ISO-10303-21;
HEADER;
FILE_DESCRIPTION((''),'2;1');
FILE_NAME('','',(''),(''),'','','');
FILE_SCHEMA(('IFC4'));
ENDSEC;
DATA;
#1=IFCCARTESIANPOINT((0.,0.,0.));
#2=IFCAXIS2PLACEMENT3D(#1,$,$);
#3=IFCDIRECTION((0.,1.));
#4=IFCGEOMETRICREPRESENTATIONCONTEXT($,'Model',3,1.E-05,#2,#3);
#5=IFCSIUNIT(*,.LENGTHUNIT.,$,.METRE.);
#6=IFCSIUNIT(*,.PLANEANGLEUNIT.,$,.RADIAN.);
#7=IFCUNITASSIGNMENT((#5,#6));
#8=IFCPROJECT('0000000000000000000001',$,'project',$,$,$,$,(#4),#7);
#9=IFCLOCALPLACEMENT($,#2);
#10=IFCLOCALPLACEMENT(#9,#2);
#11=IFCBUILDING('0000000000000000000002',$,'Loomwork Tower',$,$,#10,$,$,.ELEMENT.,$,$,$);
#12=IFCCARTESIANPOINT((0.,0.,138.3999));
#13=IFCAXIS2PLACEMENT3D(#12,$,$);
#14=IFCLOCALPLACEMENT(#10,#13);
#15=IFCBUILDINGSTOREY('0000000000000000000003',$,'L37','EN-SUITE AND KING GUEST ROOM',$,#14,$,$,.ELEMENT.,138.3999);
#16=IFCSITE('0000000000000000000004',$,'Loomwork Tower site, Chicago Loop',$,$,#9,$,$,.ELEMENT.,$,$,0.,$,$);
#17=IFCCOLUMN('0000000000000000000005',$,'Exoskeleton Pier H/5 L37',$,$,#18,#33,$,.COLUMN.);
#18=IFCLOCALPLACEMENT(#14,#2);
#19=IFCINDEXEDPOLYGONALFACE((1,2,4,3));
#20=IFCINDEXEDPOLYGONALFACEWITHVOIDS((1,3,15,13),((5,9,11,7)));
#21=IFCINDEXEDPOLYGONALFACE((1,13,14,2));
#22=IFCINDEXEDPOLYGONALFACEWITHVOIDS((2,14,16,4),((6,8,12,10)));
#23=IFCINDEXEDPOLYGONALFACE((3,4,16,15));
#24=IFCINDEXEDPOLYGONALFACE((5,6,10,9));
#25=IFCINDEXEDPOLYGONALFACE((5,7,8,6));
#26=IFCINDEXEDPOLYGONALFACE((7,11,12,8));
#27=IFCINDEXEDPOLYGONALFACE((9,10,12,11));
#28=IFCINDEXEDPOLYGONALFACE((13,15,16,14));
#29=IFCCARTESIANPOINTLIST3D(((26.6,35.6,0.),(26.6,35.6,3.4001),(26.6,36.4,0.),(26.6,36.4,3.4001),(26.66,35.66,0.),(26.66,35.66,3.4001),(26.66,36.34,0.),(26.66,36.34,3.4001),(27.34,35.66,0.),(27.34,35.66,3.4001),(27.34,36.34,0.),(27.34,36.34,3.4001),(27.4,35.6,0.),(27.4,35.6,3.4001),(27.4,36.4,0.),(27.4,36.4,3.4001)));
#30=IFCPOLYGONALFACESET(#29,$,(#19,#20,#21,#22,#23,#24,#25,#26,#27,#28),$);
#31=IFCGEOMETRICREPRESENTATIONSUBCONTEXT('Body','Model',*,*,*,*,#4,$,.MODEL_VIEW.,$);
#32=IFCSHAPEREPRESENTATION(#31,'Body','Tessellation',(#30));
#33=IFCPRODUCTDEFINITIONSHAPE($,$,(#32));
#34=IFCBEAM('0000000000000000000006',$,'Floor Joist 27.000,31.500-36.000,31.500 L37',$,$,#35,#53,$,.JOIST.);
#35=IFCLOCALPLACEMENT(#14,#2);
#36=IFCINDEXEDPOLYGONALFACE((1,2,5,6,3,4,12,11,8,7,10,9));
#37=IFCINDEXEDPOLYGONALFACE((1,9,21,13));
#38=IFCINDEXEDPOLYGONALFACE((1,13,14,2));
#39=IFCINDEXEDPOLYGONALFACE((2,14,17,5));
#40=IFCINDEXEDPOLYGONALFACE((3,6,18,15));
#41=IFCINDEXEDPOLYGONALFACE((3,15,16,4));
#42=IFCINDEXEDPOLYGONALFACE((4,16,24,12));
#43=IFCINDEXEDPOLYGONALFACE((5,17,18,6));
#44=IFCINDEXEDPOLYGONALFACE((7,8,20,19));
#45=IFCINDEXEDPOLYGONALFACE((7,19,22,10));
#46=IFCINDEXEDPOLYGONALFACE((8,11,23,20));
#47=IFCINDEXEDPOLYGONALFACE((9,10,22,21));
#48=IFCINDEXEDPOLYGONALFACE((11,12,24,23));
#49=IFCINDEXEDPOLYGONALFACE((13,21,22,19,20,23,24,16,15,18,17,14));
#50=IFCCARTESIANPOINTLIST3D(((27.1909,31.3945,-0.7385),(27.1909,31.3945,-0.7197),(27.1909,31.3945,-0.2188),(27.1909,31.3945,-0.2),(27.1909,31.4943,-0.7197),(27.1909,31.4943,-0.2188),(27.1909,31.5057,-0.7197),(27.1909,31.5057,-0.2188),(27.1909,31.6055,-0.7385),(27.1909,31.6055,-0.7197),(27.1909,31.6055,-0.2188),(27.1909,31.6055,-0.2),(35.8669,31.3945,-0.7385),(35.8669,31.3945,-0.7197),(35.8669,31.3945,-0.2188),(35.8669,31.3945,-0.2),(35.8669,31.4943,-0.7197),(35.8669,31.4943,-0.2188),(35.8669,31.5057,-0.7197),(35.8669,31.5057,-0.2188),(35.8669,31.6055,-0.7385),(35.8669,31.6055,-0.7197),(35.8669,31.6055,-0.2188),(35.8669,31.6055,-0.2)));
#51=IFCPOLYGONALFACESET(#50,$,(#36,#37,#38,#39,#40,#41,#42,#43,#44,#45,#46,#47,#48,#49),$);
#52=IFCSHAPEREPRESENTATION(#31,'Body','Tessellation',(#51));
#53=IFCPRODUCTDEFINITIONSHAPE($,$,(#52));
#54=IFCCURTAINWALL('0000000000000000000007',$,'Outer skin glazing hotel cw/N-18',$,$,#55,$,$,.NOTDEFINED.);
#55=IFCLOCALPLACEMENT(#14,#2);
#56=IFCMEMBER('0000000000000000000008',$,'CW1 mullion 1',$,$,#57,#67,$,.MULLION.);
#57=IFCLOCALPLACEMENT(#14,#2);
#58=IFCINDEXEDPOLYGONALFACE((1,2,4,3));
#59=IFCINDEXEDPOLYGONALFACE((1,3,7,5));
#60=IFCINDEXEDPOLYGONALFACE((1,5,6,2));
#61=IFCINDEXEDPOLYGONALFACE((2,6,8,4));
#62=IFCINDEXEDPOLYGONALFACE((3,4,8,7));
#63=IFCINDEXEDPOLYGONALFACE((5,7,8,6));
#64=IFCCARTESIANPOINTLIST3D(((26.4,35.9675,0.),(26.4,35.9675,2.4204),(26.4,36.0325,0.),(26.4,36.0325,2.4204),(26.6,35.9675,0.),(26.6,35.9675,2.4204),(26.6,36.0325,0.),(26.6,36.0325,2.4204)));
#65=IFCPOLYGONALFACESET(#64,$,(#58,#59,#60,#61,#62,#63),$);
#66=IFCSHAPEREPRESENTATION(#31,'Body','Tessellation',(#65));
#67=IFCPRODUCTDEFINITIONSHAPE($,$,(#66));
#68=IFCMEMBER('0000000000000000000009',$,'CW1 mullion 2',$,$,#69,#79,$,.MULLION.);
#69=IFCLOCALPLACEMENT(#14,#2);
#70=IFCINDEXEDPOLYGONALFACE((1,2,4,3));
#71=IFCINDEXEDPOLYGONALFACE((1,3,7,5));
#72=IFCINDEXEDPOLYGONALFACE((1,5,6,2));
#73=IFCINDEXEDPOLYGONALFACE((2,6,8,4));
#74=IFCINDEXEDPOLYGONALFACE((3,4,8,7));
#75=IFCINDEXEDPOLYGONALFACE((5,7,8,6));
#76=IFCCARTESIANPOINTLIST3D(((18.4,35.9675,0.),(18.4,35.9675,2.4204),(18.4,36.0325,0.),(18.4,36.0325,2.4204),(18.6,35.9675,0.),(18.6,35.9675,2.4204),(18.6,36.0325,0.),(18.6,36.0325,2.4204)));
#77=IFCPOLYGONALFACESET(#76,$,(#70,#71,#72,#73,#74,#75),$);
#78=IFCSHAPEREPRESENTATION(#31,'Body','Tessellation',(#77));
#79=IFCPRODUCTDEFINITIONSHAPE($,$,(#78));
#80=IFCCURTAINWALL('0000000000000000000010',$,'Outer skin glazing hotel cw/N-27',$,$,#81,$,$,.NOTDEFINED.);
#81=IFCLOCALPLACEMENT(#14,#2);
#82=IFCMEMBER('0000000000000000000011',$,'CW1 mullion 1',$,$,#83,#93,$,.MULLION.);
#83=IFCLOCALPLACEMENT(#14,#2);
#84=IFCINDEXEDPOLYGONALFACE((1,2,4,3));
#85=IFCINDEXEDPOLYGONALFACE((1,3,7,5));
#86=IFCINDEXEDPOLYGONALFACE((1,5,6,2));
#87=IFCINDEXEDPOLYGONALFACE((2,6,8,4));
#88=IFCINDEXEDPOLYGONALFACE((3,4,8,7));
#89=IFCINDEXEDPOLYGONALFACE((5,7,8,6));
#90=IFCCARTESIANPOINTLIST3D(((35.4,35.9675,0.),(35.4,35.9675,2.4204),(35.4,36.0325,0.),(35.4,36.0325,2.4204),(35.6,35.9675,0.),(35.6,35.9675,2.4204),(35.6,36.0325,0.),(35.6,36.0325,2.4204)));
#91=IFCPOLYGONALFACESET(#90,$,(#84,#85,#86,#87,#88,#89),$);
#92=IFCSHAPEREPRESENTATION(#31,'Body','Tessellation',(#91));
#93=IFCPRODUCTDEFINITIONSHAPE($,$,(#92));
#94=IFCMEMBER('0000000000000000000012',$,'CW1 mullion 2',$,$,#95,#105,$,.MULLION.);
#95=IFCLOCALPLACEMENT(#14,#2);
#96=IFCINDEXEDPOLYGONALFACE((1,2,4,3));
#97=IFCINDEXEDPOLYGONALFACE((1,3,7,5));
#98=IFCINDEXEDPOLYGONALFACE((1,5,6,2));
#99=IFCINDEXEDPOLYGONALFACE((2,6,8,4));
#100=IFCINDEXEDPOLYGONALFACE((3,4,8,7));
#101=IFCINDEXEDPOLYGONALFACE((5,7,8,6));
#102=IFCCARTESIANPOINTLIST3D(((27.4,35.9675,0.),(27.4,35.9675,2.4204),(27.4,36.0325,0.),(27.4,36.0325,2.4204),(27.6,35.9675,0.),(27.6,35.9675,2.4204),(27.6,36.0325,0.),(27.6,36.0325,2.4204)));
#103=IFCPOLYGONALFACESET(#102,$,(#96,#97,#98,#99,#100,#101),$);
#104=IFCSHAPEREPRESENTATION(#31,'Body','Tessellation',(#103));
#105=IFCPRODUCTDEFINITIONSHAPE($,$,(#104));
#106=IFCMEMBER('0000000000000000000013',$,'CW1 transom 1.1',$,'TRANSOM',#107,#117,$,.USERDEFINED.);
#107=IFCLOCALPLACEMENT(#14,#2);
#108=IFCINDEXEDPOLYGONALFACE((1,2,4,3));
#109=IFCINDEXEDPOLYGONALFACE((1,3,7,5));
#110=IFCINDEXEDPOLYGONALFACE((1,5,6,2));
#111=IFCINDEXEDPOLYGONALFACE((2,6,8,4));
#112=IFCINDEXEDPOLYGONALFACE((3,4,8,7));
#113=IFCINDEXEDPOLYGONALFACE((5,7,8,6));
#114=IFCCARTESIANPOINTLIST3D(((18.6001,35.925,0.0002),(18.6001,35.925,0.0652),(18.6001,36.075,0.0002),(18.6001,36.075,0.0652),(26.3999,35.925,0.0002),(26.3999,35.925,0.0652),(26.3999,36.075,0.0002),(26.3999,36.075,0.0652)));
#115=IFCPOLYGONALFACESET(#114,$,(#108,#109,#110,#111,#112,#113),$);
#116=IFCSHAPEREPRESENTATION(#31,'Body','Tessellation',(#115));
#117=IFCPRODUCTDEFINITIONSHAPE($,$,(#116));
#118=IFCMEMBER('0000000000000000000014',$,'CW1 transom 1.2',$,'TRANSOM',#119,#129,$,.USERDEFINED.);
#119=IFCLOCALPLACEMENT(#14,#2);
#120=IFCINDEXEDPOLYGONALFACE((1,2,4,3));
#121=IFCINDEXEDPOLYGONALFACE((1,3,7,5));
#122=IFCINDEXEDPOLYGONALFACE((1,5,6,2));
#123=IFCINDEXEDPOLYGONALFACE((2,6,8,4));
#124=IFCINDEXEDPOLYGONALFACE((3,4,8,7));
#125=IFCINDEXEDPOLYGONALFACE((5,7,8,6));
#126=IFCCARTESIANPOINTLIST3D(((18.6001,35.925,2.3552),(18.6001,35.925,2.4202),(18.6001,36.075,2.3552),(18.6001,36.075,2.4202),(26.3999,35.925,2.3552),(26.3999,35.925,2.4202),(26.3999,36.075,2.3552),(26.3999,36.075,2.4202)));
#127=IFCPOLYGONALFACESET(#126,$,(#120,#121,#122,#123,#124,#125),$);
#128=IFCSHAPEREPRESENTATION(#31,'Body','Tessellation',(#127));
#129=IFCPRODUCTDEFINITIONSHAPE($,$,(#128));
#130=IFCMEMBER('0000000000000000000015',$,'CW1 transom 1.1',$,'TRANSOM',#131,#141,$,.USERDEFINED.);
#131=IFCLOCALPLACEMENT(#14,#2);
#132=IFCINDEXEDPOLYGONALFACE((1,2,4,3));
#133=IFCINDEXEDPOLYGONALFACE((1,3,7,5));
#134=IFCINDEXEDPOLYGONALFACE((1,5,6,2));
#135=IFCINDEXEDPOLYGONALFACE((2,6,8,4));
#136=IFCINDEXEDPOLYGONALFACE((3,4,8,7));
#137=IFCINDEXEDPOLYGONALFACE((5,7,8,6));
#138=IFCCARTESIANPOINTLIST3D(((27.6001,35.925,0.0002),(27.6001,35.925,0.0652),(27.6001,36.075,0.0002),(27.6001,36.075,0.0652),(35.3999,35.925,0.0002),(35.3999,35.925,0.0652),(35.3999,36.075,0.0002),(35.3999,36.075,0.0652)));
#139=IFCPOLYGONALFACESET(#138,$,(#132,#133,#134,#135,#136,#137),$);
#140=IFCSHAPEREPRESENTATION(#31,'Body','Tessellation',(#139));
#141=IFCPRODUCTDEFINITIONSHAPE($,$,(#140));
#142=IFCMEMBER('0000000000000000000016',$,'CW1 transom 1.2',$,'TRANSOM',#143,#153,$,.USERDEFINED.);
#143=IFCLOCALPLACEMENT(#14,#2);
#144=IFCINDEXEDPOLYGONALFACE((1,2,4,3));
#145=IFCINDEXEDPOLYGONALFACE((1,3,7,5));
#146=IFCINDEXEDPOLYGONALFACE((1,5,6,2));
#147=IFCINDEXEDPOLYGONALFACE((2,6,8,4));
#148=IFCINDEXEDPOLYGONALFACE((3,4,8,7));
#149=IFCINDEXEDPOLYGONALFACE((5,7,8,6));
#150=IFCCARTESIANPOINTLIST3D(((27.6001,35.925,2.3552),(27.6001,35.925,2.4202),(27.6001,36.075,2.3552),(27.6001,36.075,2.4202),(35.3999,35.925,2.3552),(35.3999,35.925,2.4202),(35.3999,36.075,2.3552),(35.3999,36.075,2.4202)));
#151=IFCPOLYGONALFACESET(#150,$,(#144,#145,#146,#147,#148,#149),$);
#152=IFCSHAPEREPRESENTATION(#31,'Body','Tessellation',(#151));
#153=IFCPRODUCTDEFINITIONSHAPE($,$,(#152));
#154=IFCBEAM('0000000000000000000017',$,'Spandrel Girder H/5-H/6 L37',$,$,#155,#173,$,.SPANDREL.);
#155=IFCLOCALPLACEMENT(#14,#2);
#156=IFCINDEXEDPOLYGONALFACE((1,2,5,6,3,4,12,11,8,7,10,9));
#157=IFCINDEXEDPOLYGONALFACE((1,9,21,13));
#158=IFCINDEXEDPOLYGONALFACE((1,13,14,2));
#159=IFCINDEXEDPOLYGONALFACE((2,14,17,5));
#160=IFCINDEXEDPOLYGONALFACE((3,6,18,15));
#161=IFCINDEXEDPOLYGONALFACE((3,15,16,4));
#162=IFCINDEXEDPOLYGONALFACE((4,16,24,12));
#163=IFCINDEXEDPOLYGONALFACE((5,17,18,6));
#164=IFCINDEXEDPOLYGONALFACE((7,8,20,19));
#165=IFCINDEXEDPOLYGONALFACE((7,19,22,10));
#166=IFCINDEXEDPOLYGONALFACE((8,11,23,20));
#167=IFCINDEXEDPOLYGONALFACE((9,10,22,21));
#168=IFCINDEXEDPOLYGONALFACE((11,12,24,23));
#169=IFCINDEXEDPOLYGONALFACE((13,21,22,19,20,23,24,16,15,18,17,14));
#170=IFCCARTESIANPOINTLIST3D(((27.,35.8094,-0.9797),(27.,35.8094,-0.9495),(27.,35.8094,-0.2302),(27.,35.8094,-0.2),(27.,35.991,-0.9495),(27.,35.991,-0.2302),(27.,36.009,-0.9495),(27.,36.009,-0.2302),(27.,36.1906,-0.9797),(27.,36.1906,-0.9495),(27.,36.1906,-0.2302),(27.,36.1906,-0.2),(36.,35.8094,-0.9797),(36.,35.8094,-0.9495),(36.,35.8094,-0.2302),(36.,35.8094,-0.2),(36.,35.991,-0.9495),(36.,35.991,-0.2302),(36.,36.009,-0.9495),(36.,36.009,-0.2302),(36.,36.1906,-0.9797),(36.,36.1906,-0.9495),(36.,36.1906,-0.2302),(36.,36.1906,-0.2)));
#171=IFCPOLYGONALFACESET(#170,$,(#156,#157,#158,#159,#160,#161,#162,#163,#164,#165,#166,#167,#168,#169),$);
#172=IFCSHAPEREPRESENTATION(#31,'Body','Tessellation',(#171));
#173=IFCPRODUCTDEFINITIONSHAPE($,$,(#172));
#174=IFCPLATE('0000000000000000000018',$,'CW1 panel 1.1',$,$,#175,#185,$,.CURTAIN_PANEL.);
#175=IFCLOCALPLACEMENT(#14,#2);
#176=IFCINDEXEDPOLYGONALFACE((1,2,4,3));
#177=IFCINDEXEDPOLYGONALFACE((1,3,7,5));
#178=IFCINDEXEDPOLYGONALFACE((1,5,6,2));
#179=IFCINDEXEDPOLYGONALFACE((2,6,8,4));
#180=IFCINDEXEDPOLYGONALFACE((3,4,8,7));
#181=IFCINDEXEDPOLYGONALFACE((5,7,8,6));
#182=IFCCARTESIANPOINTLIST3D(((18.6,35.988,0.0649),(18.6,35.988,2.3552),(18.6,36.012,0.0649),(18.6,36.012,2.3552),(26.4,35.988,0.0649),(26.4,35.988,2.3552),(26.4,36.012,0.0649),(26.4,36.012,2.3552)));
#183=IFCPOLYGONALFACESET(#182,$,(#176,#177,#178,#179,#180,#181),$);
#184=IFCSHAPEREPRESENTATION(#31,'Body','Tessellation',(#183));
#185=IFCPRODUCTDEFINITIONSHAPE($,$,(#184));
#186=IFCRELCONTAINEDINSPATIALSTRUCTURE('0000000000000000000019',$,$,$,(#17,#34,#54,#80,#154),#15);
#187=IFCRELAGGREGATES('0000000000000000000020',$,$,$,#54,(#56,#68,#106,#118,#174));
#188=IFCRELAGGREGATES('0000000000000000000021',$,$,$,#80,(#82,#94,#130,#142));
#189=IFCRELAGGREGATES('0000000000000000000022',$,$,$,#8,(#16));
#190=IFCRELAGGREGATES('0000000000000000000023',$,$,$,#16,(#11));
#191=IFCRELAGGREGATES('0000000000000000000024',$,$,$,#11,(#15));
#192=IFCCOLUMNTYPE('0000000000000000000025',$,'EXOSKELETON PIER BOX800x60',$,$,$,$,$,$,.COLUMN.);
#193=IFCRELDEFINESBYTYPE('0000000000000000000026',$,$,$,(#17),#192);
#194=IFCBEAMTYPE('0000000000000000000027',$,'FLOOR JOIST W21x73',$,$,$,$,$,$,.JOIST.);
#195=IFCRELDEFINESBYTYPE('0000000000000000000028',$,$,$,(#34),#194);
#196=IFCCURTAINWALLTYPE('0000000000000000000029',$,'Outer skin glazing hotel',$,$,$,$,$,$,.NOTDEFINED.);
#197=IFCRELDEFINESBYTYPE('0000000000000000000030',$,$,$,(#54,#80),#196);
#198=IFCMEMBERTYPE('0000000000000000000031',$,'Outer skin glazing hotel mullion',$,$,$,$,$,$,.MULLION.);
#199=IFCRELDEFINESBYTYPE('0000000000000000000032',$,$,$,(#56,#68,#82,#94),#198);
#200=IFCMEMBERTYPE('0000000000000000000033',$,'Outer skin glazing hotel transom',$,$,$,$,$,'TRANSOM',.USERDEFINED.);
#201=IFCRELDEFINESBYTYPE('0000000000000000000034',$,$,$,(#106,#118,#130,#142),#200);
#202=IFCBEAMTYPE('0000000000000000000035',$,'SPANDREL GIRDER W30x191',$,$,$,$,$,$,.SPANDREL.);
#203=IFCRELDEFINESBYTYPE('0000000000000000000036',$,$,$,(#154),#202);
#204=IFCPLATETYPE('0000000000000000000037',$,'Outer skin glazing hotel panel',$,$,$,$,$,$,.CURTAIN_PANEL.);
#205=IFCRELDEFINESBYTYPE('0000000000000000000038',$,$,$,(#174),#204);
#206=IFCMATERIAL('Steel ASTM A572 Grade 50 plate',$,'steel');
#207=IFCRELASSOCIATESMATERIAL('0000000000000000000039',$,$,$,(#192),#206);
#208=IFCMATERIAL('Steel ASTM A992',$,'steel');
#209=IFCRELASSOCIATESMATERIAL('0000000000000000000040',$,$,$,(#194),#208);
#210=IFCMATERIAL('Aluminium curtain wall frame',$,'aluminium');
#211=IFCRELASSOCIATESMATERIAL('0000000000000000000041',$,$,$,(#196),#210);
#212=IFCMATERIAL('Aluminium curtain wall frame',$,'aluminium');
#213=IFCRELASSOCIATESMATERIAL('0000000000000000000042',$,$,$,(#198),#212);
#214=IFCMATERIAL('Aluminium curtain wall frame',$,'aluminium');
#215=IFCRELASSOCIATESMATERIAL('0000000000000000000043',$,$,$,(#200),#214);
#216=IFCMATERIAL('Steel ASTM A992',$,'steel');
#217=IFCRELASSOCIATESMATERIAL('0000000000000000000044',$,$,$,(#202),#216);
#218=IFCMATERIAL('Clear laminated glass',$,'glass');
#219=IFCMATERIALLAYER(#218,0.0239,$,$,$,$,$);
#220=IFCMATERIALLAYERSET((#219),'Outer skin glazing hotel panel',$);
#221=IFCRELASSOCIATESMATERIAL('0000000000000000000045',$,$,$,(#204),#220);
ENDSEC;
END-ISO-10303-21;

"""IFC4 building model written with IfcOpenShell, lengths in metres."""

from ifc_helpers import new_model, si_unit, direction, frame, origin, origin_2d, place, context, subcontext, project, spatial, rectangle, hollow_rectangle, i_section, extrude, material, layer, layer_set, material_profile, profile_set, type_object, element, aggregate, save


model = new_model("IFC4")

# Units and contexts
model_context = context("Model", 3, precision=1e-05, world=origin(), true_north=direction((0.0, 1.0)))
body_context = subcontext(model_context, "Body", "Model", "MODEL_VIEW")
ifc_project = project(units=[si_unit("LENGTHUNIT", "METRE"), si_unit("PLANEANGLEUNIT", "RADIAN")], contexts=[model_context])

# Site, building, storey
site_placement = place(None, origin())
site = spatial("IfcSite", under=ifc_project, at=site_placement, Name="Loomwork Tower site, Chicago Loop", CompositionType="ELEMENT", RefElevation=0.0)
building_placement = place(site_placement, origin())
building = spatial("IfcBuilding", under=site, at=building_placement, Name="Loomwork Tower", CompositionType="ELEMENT")
storey_placement = place(building_placement, frame((0.0, 0.0, 138.3999)))
storey = spatial("IfcBuildingStorey", under=building, at=storey_placement, Name="L37", Description="EN-SUITE AND KING GUEST ROOM", CompositionType="ELEMENT", Elevation=138.3999)

# Column
ifc_material_1 = material(Name="Steel ASTM A572 Grade 50 plate", Category="steel")
ifc_material_profile_1 = material_profile(ifc_material_1, hollow_rectangle(XDim=0.8, YDim=0.8, WallThickness=0.0601, at=origin_2d()), Name="BOX800x60")
ifc_profile_set_1 = profile_set([ifc_material_profile_1], Name="Steel ASTM A572 Grade 50 plate")
column_type = type_object("IfcColumnType", Name="EXOSKELETON PIER BOX800x60", PredefinedType="COLUMN", material=ifc_profile_set_1)
column_placement = place(storey_placement, frame((27.0, 36.0, 0.0), z_axis=(0.0, 0.0, 1.0), x_axis=(1.0, 0.0, 0.0)))
element("IfcColumn", 1, at=column_placement, inside=storey, type_object=column_type, Name="Exoskeleton Pier H/5 L37", PredefinedType="COLUMN", context=body_context, shape_type="SweptSolid", body=[
    extrude(hollow_rectangle(XDim=0.8, YDim=0.8, WallThickness=0.0601, at=origin_2d()), origin(), (0.0, 0.0, 1.0), 3.4001),
])

# Beam
ifc_material_2 = material(Name="Steel ASTM A992", Category="steel")
ifc_material_profile_2 = material_profile(ifc_material_2, i_section(OverallWidth=0.2109, OverallDepth=0.5386, WebThickness=0.0115, FlangeThickness=0.0188, at=origin_2d()), Name="W21x73")
ifc_profile_set_2 = profile_set([ifc_material_profile_2], Name="Steel ASTM A992")
beam_type_1 = type_object("IfcBeamType", Name="FLOOR JOIST W21x73", PredefinedType="JOIST", material=ifc_profile_set_2)
beam_1_placement = place(storey_placement, frame((27.1909, 31.5, -0.4692), z_axis=(1.0, 0.0, 0.0), x_axis=(0.0, 1.0, 0.0)))
element("IfcBeam", 2, at=beam_1_placement, inside=storey, type_object=beam_type_1, Name="Floor Joist 27.000,31.500-36.000,31.500 L37", PredefinedType="JOIST", context=body_context, shape_type="SweptSolid", body=[
    extrude(i_section(OverallWidth=0.2109, OverallDepth=0.5386, WebThickness=0.0115, FlangeThickness=0.0188, at=origin_2d()), origin(), (0.0, 0.0, 1.0), 8.676),
])

# Curtain walls, members
ifc_material_3 = material(Name="Aluminium curtain wall frame", Category="aluminium")
curtain_wall_type = type_object("IfcCurtainWallType", Name="Outer skin glazing hotel", PredefinedType="NOTDEFINED", material=ifc_material_3)
curtain_wall_1_placement = place(storey_placement, origin())
curtain_wall_1 = element("IfcCurtainWall", 3, at=curtain_wall_1_placement, inside=storey, type_object=curtain_wall_type, Name="Outer skin glazing hotel cw/N-18", PredefinedType="NOTDEFINED")
ifc_material_4 = material(Name="Aluminium curtain wall frame", Category="aluminium")
ifc_material_profile_3 = material_profile(ifc_material_4, rectangle(XDim=0.0649, YDim=0.2, at=origin_2d()), Name="AL 65x200")
ifc_profile_set_3 = profile_set([ifc_material_profile_3], Name="Aluminium curtain wall frame")
member_type_1 = type_object("IfcMemberType", Name="Outer skin glazing hotel mullion", PredefinedType="MULLION", material=ifc_profile_set_3)
member_1_placement = place(storey_placement, frame((26.5, 36.0, 0.0), z_axis=(0.0, 0.0, 1.0), x_axis=(0.0, -1.0, 0.0)))
member_1 = element("IfcMember", 4, at=member_1_placement, type_object=member_type_1, Name="CW1 mullion 1", PredefinedType="MULLION", context=body_context, shape_type="SweptSolid", body=[
    extrude(rectangle(XDim=0.0649, YDim=0.2, at=origin_2d()), origin(), (0.0, 0.0, 1.0), 2.4204),
])
member_2_placement = place(storey_placement, frame((18.5, 36.0, 0.0), z_axis=(0.0, 0.0, 1.0), x_axis=(0.0, -1.0, 0.0)))
member_2 = element("IfcMember", 5, at=member_2_placement, type_object=member_type_1, Name="CW1 mullion 2", PredefinedType="MULLION", context=body_context, shape_type="SweptSolid", body=[
    extrude(rectangle(XDim=0.0649, YDim=0.2, at=origin_2d()), origin(), (0.0, 0.0, 1.0), 2.4204),
])
curtain_wall_2_placement = place(storey_placement, origin())
curtain_wall_2 = element("IfcCurtainWall", 6, at=curtain_wall_2_placement, inside=storey, type_object=curtain_wall_type, Name="Outer skin glazing hotel cw/N-27", PredefinedType="NOTDEFINED")
member_3_placement = place(storey_placement, frame((35.5, 36.0, 0.0), z_axis=(0.0, 0.0, 1.0), x_axis=(0.0, -1.0, 0.0)))
member_3 = element("IfcMember", 7, at=member_3_placement, type_object=member_type_1, Name="CW1 mullion 1", PredefinedType="MULLION", context=body_context, shape_type="SweptSolid", body=[
    extrude(rectangle(XDim=0.0649, YDim=0.2, at=origin_2d()), origin(), (0.0, 0.0, 1.0), 2.4204),
])
member_4_placement = place(storey_placement, frame((27.5, 36.0, 0.0), z_axis=(0.0, 0.0, 1.0), x_axis=(0.0, -1.0, 0.0)))
member_4 = element("IfcMember", 8, at=member_4_placement, type_object=member_type_1, Name="CW1 mullion 2", PredefinedType="MULLION", context=body_context, shape_type="SweptSolid", body=[
    extrude(rectangle(XDim=0.0649, YDim=0.2, at=origin_2d()), origin(), (0.0, 0.0, 1.0), 2.4204),
])

# Members
ifc_material_5 = material(Name="Aluminium curtain wall frame", Category="aluminium")
ifc_material_profile_4 = material_profile(ifc_material_5, rectangle(XDim=0.1499, YDim=0.0649, at=origin_2d()), Name="AL 65x150")
ifc_profile_set_4 = profile_set([ifc_material_profile_4], Name="Aluminium curtain wall frame")
member_type_2 = type_object("IfcMemberType", Name="Outer skin glazing hotel transom", ElementType="TRANSOM", PredefinedType="USERDEFINED", material=ifc_profile_set_4)
member_5_placement = place(storey_placement, frame((26.3999, 36.0, 0.0327), z_axis=(-1.0, 0.0, 0.0), x_axis=(0.0, -1.0, 0.0)))
member_5 = element("IfcMember", 9, at=member_5_placement, type_object=member_type_2, Name="CW1 transom 1.1", ObjectType="TRANSOM", PredefinedType="USERDEFINED", context=body_context, shape_type="SweptSolid", body=[
    extrude(rectangle(XDim=0.1499, YDim=0.0649, at=origin_2d()), origin(), (0.0, 0.0, 1.0), 7.7998),
])
member_6_placement = place(storey_placement, frame((26.3999, 36.0, 2.3877), z_axis=(-1.0, 0.0, 0.0), x_axis=(0.0, -1.0, 0.0)))
member_6 = element("IfcMember", 10, at=member_6_placement, type_object=member_type_2, Name="CW1 transom 1.2", ObjectType="TRANSOM", PredefinedType="USERDEFINED", context=body_context, shape_type="SweptSolid", body=[
    extrude(rectangle(XDim=0.1499, YDim=0.0649, at=origin_2d()), origin(), (0.0, 0.0, 1.0), 7.7998),
])
member_7_placement = place(storey_placement, frame((35.3999, 36.0, 0.0327), z_axis=(-1.0, 0.0, 0.0), x_axis=(0.0, -1.0, 0.0)))
member_7 = element("IfcMember", 11, at=member_7_placement, type_object=member_type_2, Name="CW1 transom 1.1", ObjectType="TRANSOM", PredefinedType="USERDEFINED", context=body_context, shape_type="SweptSolid", body=[
    extrude(rectangle(XDim=0.1499, YDim=0.0649, at=origin_2d()), origin(), (0.0, 0.0, 1.0), 7.7998),
])
member_8_placement = place(storey_placement, frame((35.3999, 36.0, 2.3877), z_axis=(-1.0, 0.0, 0.0), x_axis=(0.0, -1.0, 0.0)))
member_8 = element("IfcMember", 12, at=member_8_placement, type_object=member_type_2, Name="CW1 transom 1.2", ObjectType="TRANSOM", PredefinedType="USERDEFINED", context=body_context, shape_type="SweptSolid", body=[
    extrude(rectangle(XDim=0.1499, YDim=0.0649, at=origin_2d()), origin(), (0.0, 0.0, 1.0), 7.7998),
])

# Beam
ifc_material_6 = material(Name="Steel ASTM A992", Category="steel")
ifc_material_profile_5 = material_profile(ifc_material_6, i_section(OverallWidth=0.3811, OverallDepth=0.7798, WebThickness=0.0181, FlangeThickness=0.0303, at=origin_2d()), Name="W30x191")
ifc_profile_set_5 = profile_set([ifc_material_profile_5], Name="Steel ASTM A992")
beam_type_2 = type_object("IfcBeamType", Name="SPANDREL GIRDER W30x191", PredefinedType="SPANDREL", material=ifc_profile_set_5)
beam_2_placement = place(storey_placement, frame((27.0, 36.0, -0.5898), z_axis=(1.0, 0.0, 0.0), x_axis=(0.0, 1.0, 0.0)))
element("IfcBeam", 13, at=beam_2_placement, inside=storey, type_object=beam_type_2, Name="Spandrel Girder H/5-H/6 L37", PredefinedType="SPANDREL", context=body_context, shape_type="SweptSolid", body=[
    extrude(i_section(OverallWidth=0.3811, OverallDepth=0.7798, WebThickness=0.0181, FlangeThickness=0.0303, at=origin_2d()), origin(), (0.0, 0.0, 1.0), 9.0),
])

# Plate
ifc_material_7 = material(Name="Clear laminated glass", Category="glass")
ifc_layer_1 = layer(ifc_material_7, 0.0239)
ifc_layer_set_1 = layer_set([ifc_layer_1], Name="Outer skin glazing hotel panel")
plate_type = type_object("IfcPlateType", Name="Outer skin glazing hotel panel", PredefinedType="CURTAIN_PANEL", material=ifc_layer_set_1)
plate_1_placement = place(storey_placement, frame((22.5, 36.0, 0.0649), z_axis=(0.0, 0.0, 1.0), x_axis=(-1.0, 0.0, 0.0)))
plate_1 = element("IfcPlate", 14, at=plate_1_placement, type_object=plate_type, Name="CW1 panel 1.1", PredefinedType="CURTAIN_PANEL", context=body_context, shape_type="SweptSolid", body=[
    extrude(rectangle(XDim=7.8, YDim=0.0239, at=origin_2d()), origin(), (0.0, 0.0, 1.0), 2.2903),
])
aggregate(curtain_wall_1, [member_1, member_2, member_5, member_6, plate_1])
aggregate(curtain_wall_2, [member_3, member_4, member_7, member_8])

save(model, "model.ifc")
